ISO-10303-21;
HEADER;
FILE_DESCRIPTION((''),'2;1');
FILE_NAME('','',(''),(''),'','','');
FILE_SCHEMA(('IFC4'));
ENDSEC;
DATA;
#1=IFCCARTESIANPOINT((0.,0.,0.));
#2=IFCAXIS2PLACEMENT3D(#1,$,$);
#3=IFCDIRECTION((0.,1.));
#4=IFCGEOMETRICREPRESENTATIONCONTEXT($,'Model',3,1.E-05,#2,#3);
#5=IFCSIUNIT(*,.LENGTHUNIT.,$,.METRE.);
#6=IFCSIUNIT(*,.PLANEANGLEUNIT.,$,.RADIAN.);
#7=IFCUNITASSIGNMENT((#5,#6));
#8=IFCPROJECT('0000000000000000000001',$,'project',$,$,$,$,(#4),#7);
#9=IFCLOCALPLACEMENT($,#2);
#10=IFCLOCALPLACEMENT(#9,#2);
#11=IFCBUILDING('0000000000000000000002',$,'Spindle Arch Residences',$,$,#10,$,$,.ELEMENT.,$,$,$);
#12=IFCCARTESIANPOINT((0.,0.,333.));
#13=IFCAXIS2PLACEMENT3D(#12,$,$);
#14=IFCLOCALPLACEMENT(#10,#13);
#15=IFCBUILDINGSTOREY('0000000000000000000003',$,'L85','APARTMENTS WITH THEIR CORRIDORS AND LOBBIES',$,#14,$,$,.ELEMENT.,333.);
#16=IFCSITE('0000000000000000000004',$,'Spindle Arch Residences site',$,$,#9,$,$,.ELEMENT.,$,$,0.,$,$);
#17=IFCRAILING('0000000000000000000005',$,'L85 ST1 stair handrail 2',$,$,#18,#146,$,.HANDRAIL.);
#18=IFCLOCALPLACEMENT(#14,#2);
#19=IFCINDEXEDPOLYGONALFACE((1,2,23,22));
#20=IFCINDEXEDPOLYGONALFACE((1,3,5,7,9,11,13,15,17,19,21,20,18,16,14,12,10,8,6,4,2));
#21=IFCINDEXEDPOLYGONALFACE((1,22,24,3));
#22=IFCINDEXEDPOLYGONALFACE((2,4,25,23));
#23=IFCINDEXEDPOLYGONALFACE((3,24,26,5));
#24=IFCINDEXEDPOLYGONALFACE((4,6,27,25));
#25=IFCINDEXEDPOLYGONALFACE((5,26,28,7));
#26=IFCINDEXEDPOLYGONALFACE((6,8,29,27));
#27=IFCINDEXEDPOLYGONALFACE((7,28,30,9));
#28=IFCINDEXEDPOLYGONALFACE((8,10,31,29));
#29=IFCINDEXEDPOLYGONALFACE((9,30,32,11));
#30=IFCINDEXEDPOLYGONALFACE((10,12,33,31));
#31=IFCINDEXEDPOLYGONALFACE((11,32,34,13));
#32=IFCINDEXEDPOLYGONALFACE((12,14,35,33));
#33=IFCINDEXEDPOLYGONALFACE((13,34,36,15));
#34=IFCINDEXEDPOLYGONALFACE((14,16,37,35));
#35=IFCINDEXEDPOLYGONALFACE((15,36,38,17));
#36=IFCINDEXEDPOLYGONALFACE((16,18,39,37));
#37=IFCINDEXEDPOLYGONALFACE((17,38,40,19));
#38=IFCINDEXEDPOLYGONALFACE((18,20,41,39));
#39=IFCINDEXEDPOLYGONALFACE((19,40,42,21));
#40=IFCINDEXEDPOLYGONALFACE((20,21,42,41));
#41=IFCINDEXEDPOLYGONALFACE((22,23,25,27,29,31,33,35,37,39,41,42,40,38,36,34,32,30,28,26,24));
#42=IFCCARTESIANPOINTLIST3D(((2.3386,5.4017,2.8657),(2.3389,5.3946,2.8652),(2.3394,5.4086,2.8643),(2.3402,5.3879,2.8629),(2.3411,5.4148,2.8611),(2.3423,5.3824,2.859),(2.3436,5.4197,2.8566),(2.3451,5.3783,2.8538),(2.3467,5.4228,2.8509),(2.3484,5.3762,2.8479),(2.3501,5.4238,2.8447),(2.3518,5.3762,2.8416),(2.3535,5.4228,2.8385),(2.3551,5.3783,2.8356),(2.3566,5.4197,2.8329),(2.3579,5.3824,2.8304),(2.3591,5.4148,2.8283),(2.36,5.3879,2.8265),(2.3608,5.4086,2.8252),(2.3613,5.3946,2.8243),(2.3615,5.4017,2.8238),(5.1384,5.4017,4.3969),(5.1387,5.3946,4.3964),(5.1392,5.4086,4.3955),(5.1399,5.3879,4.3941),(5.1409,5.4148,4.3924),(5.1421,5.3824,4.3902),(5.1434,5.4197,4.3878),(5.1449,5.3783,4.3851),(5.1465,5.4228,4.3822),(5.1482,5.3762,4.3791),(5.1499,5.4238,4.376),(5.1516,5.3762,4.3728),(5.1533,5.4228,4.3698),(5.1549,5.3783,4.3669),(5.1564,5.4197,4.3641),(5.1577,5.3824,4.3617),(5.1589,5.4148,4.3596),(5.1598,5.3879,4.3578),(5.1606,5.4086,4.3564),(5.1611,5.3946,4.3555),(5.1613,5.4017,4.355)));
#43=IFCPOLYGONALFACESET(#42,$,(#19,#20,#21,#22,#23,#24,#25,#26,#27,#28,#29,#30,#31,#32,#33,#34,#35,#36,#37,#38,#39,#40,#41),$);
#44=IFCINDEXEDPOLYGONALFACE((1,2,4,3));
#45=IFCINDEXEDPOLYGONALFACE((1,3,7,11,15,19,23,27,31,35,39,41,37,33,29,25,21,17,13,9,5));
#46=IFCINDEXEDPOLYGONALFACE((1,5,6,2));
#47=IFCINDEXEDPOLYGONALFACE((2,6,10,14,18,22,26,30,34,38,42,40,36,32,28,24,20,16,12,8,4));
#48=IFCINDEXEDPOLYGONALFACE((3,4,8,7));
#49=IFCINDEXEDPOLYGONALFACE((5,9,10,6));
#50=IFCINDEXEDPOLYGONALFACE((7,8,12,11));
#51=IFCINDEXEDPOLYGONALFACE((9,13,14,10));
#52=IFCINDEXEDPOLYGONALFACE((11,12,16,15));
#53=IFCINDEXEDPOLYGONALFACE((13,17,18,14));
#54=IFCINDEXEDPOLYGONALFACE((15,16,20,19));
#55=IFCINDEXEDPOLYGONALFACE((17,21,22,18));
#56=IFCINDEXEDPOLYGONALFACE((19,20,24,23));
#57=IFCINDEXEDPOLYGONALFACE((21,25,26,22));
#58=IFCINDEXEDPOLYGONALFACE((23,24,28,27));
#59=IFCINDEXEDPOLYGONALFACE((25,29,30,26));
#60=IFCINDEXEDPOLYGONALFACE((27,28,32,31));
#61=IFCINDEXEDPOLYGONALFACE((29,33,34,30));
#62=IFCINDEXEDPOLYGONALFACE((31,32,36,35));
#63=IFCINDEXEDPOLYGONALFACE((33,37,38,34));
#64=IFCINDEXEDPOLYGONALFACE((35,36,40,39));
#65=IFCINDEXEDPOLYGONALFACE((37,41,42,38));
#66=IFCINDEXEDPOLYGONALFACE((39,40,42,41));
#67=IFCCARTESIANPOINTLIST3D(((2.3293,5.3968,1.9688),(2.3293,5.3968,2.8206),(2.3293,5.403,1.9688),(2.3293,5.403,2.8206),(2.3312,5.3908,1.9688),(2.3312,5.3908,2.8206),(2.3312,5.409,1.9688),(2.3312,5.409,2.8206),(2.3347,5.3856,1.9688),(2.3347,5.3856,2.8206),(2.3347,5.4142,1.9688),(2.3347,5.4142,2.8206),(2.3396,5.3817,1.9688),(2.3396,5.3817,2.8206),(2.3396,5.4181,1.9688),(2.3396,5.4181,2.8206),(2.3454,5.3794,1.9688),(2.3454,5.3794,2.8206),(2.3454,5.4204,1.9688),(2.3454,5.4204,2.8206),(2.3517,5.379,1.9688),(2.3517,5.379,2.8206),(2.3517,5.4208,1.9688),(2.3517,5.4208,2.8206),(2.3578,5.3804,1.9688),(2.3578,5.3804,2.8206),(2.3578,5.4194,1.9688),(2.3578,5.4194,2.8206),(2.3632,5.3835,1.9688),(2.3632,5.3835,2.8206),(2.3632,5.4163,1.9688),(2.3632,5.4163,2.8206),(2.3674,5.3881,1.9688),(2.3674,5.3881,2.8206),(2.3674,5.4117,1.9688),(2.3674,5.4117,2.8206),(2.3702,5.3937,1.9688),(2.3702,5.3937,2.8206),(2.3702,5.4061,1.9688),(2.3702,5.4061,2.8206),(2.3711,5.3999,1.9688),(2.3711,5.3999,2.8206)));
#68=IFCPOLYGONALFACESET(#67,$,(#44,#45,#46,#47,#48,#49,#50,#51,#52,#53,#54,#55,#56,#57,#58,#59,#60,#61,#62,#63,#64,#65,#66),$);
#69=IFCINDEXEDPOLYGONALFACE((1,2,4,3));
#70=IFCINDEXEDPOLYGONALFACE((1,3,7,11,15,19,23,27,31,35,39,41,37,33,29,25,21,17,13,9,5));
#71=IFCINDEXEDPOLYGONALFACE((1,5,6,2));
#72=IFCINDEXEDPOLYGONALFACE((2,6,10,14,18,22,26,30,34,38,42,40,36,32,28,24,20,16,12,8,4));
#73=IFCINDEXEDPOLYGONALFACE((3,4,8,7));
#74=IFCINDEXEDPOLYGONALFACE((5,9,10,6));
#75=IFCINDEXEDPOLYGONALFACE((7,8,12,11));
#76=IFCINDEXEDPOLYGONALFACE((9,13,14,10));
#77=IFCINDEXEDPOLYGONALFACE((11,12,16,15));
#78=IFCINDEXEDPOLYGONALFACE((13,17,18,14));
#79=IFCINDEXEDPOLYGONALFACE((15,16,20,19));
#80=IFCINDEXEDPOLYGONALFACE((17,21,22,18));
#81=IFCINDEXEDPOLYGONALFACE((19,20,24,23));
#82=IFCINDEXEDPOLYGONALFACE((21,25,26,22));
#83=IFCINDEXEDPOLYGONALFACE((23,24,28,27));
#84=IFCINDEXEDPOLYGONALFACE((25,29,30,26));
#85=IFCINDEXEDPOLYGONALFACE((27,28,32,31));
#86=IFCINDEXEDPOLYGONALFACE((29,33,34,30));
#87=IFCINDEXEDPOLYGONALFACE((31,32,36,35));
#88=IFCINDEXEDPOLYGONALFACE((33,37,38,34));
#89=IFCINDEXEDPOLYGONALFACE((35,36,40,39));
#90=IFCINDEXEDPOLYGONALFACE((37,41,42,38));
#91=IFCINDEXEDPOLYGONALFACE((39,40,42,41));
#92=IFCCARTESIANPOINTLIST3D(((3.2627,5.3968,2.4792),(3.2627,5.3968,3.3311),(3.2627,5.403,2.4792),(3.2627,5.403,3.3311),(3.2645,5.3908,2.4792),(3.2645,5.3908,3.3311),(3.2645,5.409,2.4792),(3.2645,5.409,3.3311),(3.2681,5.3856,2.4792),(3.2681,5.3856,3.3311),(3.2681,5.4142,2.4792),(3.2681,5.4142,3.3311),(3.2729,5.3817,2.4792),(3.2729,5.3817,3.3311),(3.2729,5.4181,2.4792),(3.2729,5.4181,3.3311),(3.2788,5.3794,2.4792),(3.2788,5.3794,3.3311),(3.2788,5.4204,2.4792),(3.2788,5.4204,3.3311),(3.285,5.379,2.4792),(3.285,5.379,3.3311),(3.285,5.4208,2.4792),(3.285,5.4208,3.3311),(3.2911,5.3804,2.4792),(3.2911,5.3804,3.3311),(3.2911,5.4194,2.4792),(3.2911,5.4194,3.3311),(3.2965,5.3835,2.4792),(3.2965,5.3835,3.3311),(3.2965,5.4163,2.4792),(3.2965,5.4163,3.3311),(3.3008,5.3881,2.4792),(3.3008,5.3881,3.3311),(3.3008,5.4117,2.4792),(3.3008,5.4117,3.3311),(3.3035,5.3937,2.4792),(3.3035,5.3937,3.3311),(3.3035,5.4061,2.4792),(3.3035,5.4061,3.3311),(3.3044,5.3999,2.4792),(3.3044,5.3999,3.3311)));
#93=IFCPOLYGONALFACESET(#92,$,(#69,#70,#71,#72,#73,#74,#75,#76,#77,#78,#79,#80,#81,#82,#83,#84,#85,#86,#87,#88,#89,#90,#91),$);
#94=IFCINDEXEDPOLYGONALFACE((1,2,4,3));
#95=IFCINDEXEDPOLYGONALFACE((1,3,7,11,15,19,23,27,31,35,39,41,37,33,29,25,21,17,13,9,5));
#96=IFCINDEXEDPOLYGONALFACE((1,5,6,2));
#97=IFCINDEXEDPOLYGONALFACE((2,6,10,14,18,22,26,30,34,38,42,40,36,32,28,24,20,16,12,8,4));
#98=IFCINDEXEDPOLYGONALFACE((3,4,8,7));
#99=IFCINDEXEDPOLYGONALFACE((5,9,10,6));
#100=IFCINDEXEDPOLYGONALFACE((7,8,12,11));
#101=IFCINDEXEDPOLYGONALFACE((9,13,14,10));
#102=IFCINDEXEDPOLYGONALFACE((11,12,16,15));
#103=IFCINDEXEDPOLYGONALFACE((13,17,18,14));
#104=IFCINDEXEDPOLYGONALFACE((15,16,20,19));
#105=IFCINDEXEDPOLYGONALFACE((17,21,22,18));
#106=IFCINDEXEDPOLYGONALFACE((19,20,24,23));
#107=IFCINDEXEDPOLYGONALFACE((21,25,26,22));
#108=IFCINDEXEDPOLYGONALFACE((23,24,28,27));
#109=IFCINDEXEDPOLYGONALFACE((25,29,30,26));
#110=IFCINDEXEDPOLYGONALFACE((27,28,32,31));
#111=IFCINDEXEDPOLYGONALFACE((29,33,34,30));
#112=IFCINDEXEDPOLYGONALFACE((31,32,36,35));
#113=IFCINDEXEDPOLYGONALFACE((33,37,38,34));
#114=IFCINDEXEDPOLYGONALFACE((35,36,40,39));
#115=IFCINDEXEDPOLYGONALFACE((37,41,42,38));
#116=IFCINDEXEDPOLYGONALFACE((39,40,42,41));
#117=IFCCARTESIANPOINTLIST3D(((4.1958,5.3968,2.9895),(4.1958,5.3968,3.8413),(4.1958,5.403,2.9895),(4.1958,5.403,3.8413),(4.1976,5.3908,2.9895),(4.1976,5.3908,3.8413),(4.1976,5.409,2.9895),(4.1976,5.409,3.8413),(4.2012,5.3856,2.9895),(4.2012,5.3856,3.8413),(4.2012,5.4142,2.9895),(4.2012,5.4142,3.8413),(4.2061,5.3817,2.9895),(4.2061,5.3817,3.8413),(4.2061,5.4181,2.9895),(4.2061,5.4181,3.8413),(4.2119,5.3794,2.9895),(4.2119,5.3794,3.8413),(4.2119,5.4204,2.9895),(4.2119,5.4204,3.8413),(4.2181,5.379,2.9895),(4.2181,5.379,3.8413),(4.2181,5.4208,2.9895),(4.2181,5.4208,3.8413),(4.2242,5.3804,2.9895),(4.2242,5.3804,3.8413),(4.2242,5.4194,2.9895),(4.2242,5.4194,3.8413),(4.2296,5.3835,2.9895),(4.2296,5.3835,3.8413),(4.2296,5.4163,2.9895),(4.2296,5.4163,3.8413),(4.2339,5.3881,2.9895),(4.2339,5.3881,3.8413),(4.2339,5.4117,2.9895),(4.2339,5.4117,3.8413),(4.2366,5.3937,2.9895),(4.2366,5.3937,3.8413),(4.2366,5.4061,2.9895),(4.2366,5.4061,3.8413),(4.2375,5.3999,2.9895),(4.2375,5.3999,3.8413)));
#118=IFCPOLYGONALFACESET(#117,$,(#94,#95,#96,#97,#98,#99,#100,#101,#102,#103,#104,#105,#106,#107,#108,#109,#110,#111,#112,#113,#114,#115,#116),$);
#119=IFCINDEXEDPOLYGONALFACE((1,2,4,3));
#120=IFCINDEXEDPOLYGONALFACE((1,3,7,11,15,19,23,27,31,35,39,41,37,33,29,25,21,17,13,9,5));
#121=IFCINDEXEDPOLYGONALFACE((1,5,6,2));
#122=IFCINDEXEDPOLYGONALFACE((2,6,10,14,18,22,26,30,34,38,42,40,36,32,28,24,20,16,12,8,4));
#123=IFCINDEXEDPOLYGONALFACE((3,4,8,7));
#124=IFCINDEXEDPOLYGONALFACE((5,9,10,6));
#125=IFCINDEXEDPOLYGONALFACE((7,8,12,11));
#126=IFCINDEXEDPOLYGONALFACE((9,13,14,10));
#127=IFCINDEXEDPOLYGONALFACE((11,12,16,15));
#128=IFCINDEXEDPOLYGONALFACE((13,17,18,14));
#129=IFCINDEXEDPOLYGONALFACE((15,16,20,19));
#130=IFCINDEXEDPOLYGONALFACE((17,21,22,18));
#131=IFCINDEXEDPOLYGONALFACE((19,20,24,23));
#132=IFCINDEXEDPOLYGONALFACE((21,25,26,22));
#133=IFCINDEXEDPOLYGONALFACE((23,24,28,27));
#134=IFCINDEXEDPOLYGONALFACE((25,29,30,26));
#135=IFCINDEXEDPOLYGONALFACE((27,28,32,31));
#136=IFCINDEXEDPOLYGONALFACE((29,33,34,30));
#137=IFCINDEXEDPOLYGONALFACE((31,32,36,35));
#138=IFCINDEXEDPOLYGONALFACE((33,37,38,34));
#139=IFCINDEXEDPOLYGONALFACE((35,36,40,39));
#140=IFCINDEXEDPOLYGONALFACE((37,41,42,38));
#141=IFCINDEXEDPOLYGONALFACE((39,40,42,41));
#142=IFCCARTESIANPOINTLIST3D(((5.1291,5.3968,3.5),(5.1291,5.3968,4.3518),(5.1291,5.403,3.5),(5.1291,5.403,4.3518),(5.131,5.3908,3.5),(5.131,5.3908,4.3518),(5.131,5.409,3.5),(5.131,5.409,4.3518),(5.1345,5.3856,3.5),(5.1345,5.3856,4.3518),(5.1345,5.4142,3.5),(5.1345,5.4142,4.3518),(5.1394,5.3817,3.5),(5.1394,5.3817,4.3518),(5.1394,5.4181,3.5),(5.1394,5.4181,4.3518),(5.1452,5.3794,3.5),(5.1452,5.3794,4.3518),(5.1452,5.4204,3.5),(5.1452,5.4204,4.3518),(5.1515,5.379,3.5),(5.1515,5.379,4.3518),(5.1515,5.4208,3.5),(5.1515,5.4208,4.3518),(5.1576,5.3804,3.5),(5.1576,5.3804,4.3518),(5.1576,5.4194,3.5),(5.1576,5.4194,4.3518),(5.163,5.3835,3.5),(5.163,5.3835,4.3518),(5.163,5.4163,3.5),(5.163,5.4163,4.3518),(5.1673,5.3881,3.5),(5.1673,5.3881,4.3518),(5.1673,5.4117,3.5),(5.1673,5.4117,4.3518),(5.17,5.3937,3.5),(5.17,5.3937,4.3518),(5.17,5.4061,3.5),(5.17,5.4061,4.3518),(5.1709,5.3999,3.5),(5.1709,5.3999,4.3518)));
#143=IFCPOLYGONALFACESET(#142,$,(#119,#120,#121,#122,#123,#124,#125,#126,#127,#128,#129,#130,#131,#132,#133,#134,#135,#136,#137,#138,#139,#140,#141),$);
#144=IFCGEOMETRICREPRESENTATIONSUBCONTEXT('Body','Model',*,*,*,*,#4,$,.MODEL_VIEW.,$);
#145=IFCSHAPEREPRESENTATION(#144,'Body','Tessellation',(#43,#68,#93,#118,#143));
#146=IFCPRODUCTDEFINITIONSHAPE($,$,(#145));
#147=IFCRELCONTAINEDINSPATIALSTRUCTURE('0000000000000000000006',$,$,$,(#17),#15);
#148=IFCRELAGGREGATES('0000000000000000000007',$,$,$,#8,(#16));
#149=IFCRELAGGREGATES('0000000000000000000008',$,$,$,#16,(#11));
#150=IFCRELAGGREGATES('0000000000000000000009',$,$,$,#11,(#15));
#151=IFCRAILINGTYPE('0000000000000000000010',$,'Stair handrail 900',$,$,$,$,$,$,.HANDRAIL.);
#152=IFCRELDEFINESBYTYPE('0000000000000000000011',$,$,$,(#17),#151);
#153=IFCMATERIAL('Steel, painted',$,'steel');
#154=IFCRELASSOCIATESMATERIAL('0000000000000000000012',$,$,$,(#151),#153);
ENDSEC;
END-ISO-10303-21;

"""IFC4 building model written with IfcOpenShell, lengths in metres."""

from ifc_helpers import new_model, si_unit, direction, frame, origin, origin_2d, place, context, subcontext, project, spatial, circle, extrude, material, type_object, element, save


model = new_model("IFC4")

# Units and contexts
model_context = context("Model", 3, precision=1e-05, world=origin(), true_north=direction((0.0, 1.0)))
body_context = subcontext(model_context, "Body", "Model", "MODEL_VIEW")
ifc_project = project(units=[si_unit("LENGTHUNIT", "METRE"), si_unit("PLANEANGLEUNIT", "RADIAN")], contexts=[model_context])

# Site, building, storey
site_placement = place(None, origin())
site = spatial("IfcSite", under=ifc_project, at=site_placement, Name="Spindle Arch Residences site", CompositionType="ELEMENT", RefElevation=0.0)
building_placement = place(site_placement, origin())
building = spatial("IfcBuilding", under=site, at=building_placement, Name="Spindle Arch Residences", CompositionType="ELEMENT")
storey_placement = place(building_placement, frame((0.0, 0.0, 333.0)))
storey = spatial("IfcBuildingStorey", under=building, at=storey_placement, Name="L85", Description="APARTMENTS WITH THEIR CORRIDORS AND LOBBIES", CompositionType="ELEMENT", Elevation=333.0)

# Railing
ifc_material_1 = material(Name="Steel, painted", Category="steel")
railing_type_1 = type_object("IfcRailingType", Name="Stair handrail 900", PredefinedType="HANDRAIL", material=ifc_material_1)
railing_1_placement = place(storey_placement, frame((2.3501, 5.3999, 1.9688)))
element("IfcRailing", 1, at=railing_1_placement, inside=storey, type_object=railing_type_1, Name="L85 ST1 stair handrail 2", PredefinedType="HANDRAIL", context=body_context, shape_type="SweptSolid", body=[
    extrude(circle(Radius=0.0239, at=origin_2d()), frame((0.0, 0.0, 0.876), z_axis=(0.877357, 0.0, 0.479838), x_axis=(0.0, 1.0, 0.0)), (0.0, 0.0, 1.0), 3.1912),
    extrude(circle(Radius=0.021, at=origin_2d()), origin(), (0.0, 0.0, 1.0), 0.8518),
    extrude(circle(Radius=0.021, at=origin_2d()), frame((0.9333, 0.0, 0.5105)), (0.0, 0.0, 1.0), 0.8518),
    extrude(circle(Radius=0.021, at=origin_2d()), frame((1.8665, 0.0, 1.0208)), (0.0, 0.0, 1.0), 0.8518),
    extrude(circle(Radius=0.021, at=origin_2d()), frame((2.7998, 0.0, 1.5312)), (0.0, 0.0, 1.0), 0.8518),
])

save(model, "model.ifc")
